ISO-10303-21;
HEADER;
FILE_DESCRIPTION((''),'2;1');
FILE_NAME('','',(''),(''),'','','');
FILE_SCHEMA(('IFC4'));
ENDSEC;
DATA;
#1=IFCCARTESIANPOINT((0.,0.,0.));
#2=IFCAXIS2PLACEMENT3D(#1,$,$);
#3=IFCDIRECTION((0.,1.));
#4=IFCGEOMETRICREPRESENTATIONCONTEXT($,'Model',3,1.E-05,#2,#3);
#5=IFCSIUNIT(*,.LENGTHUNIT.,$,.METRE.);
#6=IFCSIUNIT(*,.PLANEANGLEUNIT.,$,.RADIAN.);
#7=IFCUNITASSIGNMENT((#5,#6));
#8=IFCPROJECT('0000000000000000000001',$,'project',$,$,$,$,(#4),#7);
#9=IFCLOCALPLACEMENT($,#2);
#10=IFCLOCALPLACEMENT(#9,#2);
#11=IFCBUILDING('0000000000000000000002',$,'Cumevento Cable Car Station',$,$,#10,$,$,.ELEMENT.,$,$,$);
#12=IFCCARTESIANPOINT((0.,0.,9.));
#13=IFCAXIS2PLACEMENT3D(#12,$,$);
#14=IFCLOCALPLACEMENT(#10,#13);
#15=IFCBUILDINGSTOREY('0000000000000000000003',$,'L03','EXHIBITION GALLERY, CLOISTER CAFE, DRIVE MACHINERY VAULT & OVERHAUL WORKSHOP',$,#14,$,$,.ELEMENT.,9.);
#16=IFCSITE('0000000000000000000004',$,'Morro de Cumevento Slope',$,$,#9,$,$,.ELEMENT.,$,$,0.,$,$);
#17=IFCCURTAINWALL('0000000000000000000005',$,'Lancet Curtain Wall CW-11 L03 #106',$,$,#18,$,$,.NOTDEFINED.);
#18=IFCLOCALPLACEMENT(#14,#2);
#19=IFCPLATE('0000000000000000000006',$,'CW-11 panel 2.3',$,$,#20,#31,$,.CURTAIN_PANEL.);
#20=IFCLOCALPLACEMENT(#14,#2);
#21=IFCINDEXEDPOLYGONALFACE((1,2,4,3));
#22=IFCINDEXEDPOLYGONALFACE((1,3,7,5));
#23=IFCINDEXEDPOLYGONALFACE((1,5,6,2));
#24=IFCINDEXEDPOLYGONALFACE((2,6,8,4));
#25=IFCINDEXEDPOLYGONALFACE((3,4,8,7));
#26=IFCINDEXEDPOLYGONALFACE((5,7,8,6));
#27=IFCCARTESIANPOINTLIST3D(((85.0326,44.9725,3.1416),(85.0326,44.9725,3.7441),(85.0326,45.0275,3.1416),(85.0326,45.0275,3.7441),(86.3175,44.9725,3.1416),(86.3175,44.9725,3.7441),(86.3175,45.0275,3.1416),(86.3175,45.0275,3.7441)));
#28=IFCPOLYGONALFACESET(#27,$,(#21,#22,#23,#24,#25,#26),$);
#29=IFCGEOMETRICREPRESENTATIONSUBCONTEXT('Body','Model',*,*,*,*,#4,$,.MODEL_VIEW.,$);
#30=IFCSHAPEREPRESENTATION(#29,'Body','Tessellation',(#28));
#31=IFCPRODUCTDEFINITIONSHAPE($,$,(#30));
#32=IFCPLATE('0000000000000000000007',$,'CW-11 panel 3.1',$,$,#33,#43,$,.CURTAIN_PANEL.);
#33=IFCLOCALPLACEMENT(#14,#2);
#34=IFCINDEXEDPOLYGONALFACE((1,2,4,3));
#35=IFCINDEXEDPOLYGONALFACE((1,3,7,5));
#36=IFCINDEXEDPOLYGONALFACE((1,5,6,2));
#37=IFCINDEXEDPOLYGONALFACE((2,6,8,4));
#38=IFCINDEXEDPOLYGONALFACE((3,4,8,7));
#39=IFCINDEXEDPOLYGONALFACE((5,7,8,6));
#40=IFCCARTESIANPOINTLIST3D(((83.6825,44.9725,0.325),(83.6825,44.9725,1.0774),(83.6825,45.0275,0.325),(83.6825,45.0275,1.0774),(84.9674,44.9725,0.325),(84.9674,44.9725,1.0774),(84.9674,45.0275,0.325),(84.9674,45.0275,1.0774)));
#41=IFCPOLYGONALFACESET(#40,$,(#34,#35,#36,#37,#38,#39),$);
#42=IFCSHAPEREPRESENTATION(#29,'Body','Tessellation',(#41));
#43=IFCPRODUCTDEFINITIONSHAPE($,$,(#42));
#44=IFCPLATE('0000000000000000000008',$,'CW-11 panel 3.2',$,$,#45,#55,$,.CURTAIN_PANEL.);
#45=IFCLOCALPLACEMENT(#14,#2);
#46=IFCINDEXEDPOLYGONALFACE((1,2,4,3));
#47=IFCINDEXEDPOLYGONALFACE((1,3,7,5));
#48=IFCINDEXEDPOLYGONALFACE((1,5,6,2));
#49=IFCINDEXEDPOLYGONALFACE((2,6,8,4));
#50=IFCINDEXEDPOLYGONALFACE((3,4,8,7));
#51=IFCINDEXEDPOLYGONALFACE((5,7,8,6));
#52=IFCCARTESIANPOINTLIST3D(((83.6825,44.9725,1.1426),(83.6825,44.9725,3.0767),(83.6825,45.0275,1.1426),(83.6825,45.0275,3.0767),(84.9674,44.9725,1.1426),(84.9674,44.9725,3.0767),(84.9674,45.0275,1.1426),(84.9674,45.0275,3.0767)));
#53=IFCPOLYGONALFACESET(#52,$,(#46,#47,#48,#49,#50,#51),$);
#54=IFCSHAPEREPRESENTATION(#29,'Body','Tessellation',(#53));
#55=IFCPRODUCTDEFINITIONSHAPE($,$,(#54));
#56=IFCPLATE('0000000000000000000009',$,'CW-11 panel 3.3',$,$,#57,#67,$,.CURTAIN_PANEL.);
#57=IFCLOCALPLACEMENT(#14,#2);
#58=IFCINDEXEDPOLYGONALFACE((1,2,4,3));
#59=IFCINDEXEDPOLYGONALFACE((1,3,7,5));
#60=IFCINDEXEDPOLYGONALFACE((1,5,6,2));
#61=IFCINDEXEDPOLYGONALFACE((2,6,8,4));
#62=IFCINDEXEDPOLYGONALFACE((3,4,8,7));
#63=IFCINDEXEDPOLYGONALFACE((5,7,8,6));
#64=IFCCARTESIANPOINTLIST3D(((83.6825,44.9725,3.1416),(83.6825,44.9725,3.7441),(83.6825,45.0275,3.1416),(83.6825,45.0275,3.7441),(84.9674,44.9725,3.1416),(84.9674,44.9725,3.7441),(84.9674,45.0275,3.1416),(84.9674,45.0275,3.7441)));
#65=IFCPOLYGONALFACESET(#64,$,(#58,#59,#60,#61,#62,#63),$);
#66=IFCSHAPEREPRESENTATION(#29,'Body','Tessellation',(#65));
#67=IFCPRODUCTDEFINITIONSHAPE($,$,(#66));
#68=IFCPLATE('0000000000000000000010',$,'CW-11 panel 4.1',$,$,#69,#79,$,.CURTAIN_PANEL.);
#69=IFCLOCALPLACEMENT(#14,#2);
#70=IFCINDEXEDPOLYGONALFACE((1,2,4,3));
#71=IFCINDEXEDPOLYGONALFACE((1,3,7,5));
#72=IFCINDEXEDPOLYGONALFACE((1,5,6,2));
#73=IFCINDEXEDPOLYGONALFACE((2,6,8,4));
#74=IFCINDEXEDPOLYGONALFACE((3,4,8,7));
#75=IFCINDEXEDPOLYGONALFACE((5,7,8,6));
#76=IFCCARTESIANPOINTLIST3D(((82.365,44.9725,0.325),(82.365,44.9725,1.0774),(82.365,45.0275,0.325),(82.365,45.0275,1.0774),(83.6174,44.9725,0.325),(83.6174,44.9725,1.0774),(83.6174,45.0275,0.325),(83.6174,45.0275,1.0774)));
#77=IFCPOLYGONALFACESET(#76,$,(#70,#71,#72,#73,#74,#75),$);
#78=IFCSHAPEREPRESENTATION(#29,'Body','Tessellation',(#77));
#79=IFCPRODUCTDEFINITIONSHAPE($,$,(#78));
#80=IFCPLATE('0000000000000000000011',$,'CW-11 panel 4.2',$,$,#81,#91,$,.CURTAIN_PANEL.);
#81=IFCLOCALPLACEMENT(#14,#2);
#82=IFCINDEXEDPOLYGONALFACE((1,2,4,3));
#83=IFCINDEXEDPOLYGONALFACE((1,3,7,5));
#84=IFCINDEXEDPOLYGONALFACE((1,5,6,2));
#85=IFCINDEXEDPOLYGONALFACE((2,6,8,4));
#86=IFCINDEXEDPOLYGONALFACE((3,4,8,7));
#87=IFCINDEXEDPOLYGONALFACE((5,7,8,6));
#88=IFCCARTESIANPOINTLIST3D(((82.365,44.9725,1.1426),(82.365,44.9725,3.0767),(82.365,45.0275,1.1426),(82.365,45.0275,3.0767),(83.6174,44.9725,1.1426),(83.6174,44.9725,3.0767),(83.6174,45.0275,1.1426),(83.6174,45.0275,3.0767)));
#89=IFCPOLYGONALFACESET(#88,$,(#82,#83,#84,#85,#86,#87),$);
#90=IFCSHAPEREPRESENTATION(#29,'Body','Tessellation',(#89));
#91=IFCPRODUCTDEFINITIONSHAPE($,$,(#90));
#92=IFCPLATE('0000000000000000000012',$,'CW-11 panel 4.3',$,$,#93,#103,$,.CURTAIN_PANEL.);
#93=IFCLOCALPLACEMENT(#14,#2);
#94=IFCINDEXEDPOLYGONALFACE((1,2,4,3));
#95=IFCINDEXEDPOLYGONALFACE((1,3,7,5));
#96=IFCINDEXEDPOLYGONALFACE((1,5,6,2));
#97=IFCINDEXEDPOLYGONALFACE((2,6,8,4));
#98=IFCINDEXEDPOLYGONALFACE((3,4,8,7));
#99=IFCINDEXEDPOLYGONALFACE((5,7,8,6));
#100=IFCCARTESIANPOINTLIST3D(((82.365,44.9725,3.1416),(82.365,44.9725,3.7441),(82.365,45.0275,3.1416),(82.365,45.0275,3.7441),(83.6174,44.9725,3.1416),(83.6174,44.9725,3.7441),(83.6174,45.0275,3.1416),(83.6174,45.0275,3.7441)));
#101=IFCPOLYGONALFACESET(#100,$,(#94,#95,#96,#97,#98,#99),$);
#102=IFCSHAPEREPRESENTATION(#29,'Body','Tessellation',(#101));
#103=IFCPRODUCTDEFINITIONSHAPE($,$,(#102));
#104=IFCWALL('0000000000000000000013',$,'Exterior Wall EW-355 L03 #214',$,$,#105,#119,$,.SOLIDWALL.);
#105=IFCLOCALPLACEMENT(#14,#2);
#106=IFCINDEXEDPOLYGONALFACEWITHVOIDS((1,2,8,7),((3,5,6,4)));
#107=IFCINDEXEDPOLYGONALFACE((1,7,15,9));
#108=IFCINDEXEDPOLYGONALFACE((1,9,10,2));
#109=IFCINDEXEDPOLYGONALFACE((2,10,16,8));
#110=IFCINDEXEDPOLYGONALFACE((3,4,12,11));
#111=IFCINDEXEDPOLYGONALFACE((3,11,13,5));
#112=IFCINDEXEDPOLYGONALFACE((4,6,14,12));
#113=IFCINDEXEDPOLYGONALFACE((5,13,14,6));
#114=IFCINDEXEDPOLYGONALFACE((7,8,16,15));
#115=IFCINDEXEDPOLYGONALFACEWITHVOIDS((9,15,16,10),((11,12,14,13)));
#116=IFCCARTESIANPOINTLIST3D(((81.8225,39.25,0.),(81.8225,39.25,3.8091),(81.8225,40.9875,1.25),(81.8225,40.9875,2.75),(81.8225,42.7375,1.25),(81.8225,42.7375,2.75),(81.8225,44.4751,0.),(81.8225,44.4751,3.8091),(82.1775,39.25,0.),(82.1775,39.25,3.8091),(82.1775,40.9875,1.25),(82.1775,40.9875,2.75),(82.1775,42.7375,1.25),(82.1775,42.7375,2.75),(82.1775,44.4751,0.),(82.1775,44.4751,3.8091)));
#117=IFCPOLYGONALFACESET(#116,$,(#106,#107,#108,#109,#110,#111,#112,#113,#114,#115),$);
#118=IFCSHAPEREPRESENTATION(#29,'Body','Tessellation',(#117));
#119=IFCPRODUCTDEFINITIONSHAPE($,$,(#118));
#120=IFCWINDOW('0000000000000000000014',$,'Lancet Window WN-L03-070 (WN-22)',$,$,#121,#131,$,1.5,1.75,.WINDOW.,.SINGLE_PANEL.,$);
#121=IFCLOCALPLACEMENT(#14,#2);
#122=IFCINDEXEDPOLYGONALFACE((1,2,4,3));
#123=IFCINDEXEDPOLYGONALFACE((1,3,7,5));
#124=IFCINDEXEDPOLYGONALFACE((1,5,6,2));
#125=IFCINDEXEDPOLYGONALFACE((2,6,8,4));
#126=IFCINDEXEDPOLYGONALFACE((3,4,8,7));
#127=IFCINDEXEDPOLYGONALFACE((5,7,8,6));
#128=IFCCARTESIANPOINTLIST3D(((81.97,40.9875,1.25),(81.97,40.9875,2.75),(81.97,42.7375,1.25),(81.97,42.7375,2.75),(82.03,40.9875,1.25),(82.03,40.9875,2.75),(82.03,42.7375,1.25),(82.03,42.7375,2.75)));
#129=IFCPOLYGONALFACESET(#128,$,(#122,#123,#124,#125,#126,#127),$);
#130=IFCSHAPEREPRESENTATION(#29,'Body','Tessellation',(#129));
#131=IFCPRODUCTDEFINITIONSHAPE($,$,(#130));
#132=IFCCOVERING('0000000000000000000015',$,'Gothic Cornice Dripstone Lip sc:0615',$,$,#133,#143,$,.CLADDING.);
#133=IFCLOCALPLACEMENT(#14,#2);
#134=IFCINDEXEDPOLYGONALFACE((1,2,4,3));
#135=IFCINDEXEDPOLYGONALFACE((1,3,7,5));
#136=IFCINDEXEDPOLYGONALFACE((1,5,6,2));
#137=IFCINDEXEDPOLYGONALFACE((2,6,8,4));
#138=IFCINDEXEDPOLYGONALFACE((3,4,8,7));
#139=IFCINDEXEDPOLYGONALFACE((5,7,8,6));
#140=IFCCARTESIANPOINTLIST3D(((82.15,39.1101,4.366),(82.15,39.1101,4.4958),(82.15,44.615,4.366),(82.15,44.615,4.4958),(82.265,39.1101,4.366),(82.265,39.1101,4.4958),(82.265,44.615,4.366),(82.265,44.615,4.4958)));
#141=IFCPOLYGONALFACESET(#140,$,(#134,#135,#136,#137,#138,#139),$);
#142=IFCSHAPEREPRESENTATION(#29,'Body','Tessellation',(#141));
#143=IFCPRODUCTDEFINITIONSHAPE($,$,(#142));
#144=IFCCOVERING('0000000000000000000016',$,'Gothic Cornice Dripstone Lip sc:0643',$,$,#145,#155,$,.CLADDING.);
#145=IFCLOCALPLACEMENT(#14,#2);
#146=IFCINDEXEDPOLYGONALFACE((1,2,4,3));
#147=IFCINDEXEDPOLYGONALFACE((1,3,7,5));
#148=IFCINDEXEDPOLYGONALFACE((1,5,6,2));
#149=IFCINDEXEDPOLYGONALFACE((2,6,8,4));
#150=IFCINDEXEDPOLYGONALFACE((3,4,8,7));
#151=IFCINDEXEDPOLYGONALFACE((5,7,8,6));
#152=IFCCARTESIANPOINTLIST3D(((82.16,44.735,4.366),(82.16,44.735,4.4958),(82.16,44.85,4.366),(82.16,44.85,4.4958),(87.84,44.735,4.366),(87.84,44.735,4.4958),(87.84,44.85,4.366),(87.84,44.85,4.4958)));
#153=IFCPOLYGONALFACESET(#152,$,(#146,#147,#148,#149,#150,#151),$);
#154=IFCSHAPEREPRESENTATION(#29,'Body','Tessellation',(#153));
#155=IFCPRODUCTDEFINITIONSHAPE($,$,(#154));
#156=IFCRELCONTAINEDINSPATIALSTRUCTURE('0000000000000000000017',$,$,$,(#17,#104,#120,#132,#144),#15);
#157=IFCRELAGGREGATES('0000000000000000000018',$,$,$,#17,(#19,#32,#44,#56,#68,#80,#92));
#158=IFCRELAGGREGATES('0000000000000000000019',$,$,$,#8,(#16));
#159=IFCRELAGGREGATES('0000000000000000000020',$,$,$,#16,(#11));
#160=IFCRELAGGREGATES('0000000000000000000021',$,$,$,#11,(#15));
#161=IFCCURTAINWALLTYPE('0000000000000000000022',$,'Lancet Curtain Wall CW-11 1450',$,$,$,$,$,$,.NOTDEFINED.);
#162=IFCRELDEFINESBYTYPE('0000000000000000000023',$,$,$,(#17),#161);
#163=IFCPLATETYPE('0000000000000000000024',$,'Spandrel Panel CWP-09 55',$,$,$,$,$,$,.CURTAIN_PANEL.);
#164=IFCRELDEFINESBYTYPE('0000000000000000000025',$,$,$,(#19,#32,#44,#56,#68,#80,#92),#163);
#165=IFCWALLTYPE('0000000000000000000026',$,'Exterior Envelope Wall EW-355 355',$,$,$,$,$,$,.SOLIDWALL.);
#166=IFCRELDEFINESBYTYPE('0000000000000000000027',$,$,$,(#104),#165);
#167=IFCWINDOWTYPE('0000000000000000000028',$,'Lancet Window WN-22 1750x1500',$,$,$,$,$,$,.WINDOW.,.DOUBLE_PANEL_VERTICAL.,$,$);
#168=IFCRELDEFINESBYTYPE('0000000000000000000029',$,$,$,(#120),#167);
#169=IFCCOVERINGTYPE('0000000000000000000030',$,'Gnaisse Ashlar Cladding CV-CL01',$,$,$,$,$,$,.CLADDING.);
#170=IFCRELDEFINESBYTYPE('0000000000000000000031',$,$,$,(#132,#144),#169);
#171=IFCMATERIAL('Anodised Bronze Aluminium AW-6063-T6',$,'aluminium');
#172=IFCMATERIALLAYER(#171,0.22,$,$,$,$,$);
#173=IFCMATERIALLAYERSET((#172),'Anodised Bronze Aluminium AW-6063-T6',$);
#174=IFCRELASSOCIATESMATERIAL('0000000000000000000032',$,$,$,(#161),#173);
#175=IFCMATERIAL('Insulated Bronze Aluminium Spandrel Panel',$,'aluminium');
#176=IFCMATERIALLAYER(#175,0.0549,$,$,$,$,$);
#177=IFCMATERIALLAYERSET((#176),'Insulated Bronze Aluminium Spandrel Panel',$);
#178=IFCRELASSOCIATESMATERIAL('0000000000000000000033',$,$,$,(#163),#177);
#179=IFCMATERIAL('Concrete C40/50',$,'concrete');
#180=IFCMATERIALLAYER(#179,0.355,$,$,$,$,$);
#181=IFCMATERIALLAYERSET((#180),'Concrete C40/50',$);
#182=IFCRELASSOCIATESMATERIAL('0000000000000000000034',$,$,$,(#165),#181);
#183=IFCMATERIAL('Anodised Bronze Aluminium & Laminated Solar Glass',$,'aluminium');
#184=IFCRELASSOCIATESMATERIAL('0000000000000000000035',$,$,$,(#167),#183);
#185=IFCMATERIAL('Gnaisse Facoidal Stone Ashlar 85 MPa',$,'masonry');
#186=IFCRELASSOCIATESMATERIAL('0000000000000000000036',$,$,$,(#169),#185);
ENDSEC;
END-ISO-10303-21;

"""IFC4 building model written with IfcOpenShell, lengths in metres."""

from ifc_helpers import new_model, si_unit, direction, frame, frame_2d, origin, origin_2d, place, context, subcontext, project, spatial, rectangle, extrude, material, layer, layer_set, type_object, element, fill, aggregate, save


model = new_model("IFC4")

# Units and contexts
model_context = context("Model", 3, precision=1e-05, world=origin(), true_north=direction((0.0, 1.0)))
body_context = subcontext(model_context, "Body", "Model", "MODEL_VIEW")
ifc_project = project(units=[si_unit("LENGTHUNIT", "METRE"), si_unit("PLANEANGLEUNIT", "RADIAN")], contexts=[model_context])

# Site, building, storey
site_placement = place(None, origin())
site = spatial("IfcSite", under=ifc_project, at=site_placement, Name="Morro de Cumevento Slope", CompositionType="ELEMENT", RefElevation=0.0)
building_placement = place(site_placement, origin())
building = spatial("IfcBuilding", under=site, at=building_placement, Name="Cumevento Cable Car Station", CompositionType="ELEMENT")
storey_placement = place(building_placement, frame((0.0, 0.0, 9.0)))
storey = spatial("IfcBuildingStorey", under=building, at=storey_placement, Name="L03", Description="EXHIBITION GALLERY, CLOISTER CAFE, DRIVE MACHINERY VAULT & OVERHAUL WORKSHOP", CompositionType="ELEMENT", Elevation=9.0)

# Curtain wall
ifc_material_1 = material(Name="Anodised Bronze Aluminium AW-6063-T6", Category="aluminium")
ifc_layer_1 = layer(ifc_material_1, 0.22)
ifc_layer_set_1 = layer_set([ifc_layer_1], Name="Anodised Bronze Aluminium AW-6063-T6")
curtain_wall_type = type_object("IfcCurtainWallType", Name="Lancet Curtain Wall CW-11 1450", PredefinedType="NOTDEFINED", material=ifc_layer_set_1)
curtain_wall_placement = place(storey_placement, origin())
curtain_wall = element("IfcCurtainWall", 1, at=curtain_wall_placement, inside=storey, type_object=curtain_wall_type, Name="Lancet Curtain Wall CW-11 L03 #106", PredefinedType="NOTDEFINED")

# Plates
ifc_material_2 = material(Name="Insulated Bronze Aluminium Spandrel Panel", Category="aluminium")
ifc_layer_2 = layer(ifc_material_2, 0.0549)
ifc_layer_set_2 = layer_set([ifc_layer_2], Name="Insulated Bronze Aluminium Spandrel Panel")
plate_type = type_object("IfcPlateType", Name="Spandrel Panel CWP-09 55", PredefinedType="CURTAIN_PANEL", material=ifc_layer_set_2)
plate_1_placement = place(storey_placement, frame((85.675, 45.0, 3.1416), z_axis=(0.0, 0.0, 1.0), x_axis=(-1.0, 0.0, 0.0)))
plate_1 = element("IfcPlate", 2, at=plate_1_placement, type_object=plate_type, Name="CW-11 panel 2.3", PredefinedType="CURTAIN_PANEL", context=body_context, shape_type="SweptSolid", body=[
    extrude(rectangle(XDim=1.2849, YDim=0.0549, at=origin_2d()), origin(), (0.0, 0.0, 1.0), 0.6025),
])
plate_2_placement = place(storey_placement, frame((84.325, 45.0, 0.325), z_axis=(0.0, 0.0, 1.0), x_axis=(-1.0, 0.0, 0.0)))
plate_2 = element("IfcPlate", 3, at=plate_2_placement, type_object=plate_type, Name="CW-11 panel 3.1", PredefinedType="CURTAIN_PANEL", context=body_context, shape_type="SweptSolid", body=[
    extrude(rectangle(XDim=1.2849, YDim=0.0549, at=origin_2d()), origin(), (0.0, 0.0, 1.0), 0.7524),
])
plate_3_placement = place(storey_placement, frame((84.325, 45.0, 1.1426), z_axis=(0.0, 0.0, 1.0), x_axis=(-1.0, 0.0, 0.0)))
plate_3 = element("IfcPlate", 4, at=plate_3_placement, type_object=plate_type, Name="CW-11 panel 3.2", PredefinedType="CURTAIN_PANEL", context=body_context, shape_type="SweptSolid", body=[
    extrude(rectangle(XDim=1.2849, YDim=0.0549, at=origin_2d()), origin(), (0.0, 0.0, 1.0), 1.9341),
])
plate_4_placement = place(storey_placement, frame((84.325, 45.0, 3.1416), z_axis=(0.0, 0.0, 1.0), x_axis=(-1.0, 0.0, 0.0)))
plate_4 = element("IfcPlate", 5, at=plate_4_placement, type_object=plate_type, Name="CW-11 panel 3.3", PredefinedType="CURTAIN_PANEL", context=body_context, shape_type="SweptSolid", body=[
    extrude(rectangle(XDim=1.2849, YDim=0.0549, at=origin_2d()), origin(), (0.0, 0.0, 1.0), 0.6025),
])
plate_5_placement = place(storey_placement, frame((82.9912, 45.0, 0.325), z_axis=(0.0, 0.0, 1.0), x_axis=(-1.0, 0.0, 0.0)))
plate_5 = element("IfcPlate", 6, at=plate_5_placement, type_object=plate_type, Name="CW-11 panel 4.1", PredefinedType="CURTAIN_PANEL", context=body_context, shape_type="SweptSolid", body=[
    extrude(rectangle(XDim=1.2524, YDim=0.0549, at=origin_2d()), origin(), (0.0, 0.0, 1.0), 0.7524),
])
plate_6_placement = place(storey_placement, frame((82.9912, 45.0, 1.1426), z_axis=(0.0, 0.0, 1.0), x_axis=(-1.0, 0.0, 0.0)))
plate_6 = element("IfcPlate", 7, at=plate_6_placement, type_object=plate_type, Name="CW-11 panel 4.2", PredefinedType="CURTAIN_PANEL", context=body_context, shape_type="SweptSolid", body=[
    extrude(rectangle(XDim=1.2524, YDim=0.0549, at=origin_2d()), origin(), (0.0, 0.0, 1.0), 1.9341),
])
plate_7_placement = place(storey_placement, frame((82.9912, 45.0, 3.1416), z_axis=(0.0, 0.0, 1.0), x_axis=(-1.0, 0.0, 0.0)))
plate_7 = element("IfcPlate", 8, at=plate_7_placement, type_object=plate_type, Name="CW-11 panel 4.3", PredefinedType="CURTAIN_PANEL", context=body_context, shape_type="SweptSolid", body=[
    extrude(rectangle(XDim=1.2524, YDim=0.0549, at=origin_2d()), origin(), (0.0, 0.0, 1.0), 0.6025),
])
aggregate(curtain_wall, [plate_1, plate_2, plate_3, plate_4, plate_5, plate_6, plate_7])

# Wall, opening, window
ifc_material_3 = material(Name="Concrete C40/50", Category="concrete")
ifc_layer_3 = layer(ifc_material_3, 0.355)
ifc_layer_set_3 = layer_set([ifc_layer_3], Name="Concrete C40/50")
wall_type = type_object("IfcWallType", Name="Exterior Envelope Wall EW-355 355", PredefinedType="SOLIDWALL", material=ifc_layer_set_3)
wall_placement = place(storey_placement, frame((82.0, 44.4751, 0.0), z_axis=(0.0, 0.0, 1.0), x_axis=(0.0, -1.0, 0.0)))
wall = element("IfcWall", 9, at=wall_placement, inside=storey, type_object=wall_type, Name="Exterior Wall EW-355 L03 #214", PredefinedType="SOLIDWALL", context=body_context, shape_type="SweptSolid", body=[
    extrude(rectangle(XDim=5.2251, YDim=0.355, at=frame_2d((2.6125, 0.0))), origin(), (0.0, 0.0, 1.0), 3.8091),
])
opening_placement = place(wall_placement, frame((1.7375, 0.0, 1.25)))
opening = element("IfcOpeningElement", 10, at=opening_placement, cuts=wall, PredefinedType="OPENING", context=body_context, shape_type="SweptSolid", body=[
    extrude(rectangle(XDim=1.75, YDim=1.5, at=frame_2d((0.875, 0.75))), frame((0.0, 0.1875, 0.0), z_axis=(0.0, -1.0, 0.0), x_axis=(1.0, 0.0, 0.0)), (0.0, 0.0, 1.0), 0.375),
])
ifc_material_4 = material(Name="Anodised Bronze Aluminium & Laminated Solar Glass", Category="aluminium")
window_type = type_object("IfcWindowType", Name="Lancet Window WN-22 1750x1500", PartitioningType="DOUBLE_PANEL_VERTICAL", PredefinedType="WINDOW", material=ifc_material_4)
window_placement = place(opening_placement, origin())
window = element("IfcWindow", 11, at=window_placement, inside=storey, type_object=window_type, Name="Lancet Window WN-L03-070 (WN-22)", OverallHeight=1.5, OverallWidth=1.75, PartitioningType="SINGLE_PANEL", PredefinedType="WINDOW", context=body_context, shape_type="SweptSolid", body=[
    extrude(rectangle(XDim=1.75, YDim=1.5, at=frame_2d((0.875, 0.75))), frame((0.0, 0.03, 0.0), z_axis=(0.0, -1.0, 0.0), x_axis=(1.0, 0.0, 0.0)), (0.0, 0.0, 1.0), 0.0601),
])
fill(opening, window)

# Coverings
ifc_material_5 = material(Name="Gnaisse Facoidal Stone Ashlar 85 MPa", Category="masonry")
covering_type = type_object("IfcCoveringType", Name="Gnaisse Ashlar Cladding CV-CL01", PredefinedType="CLADDING", material=ifc_material_5)
covering_1_placement = place(storey_placement, frame((82.2075, 41.8625, 4.366), z_axis=(0.0, 0.0, 1.0), x_axis=(0.0, -1.0, 0.0)))
element("IfcCovering", 12, at=covering_1_placement, inside=storey, type_object=covering_type, Name="Gothic Cornice Dripstone Lip sc:0615", PredefinedType="CLADDING", context=body_context, shape_type="SweptSolid", body=[
    extrude(rectangle(XDim=5.5049, YDim=0.115, at=origin_2d()), origin(), (0.0, 0.0, 1.0), 0.1299),
])
covering_2_placement = place(storey_placement, frame((85.0, 44.7925, 4.366), z_axis=(0.0, 0.0, 1.0), x_axis=(-1.0, 0.0, 0.0)))
element("IfcCovering", 13, at=covering_2_placement, inside=storey, type_object=covering_type, Name="Gothic Cornice Dripstone Lip sc:0643", PredefinedType="CLADDING", context=body_context, shape_type="SweptSolid", body=[
    extrude(rectangle(XDim=5.6799, YDim=0.115, at=origin_2d()), origin(), (0.0, 0.0, 1.0), 0.1299),
])

save(model, "model.ifc")
